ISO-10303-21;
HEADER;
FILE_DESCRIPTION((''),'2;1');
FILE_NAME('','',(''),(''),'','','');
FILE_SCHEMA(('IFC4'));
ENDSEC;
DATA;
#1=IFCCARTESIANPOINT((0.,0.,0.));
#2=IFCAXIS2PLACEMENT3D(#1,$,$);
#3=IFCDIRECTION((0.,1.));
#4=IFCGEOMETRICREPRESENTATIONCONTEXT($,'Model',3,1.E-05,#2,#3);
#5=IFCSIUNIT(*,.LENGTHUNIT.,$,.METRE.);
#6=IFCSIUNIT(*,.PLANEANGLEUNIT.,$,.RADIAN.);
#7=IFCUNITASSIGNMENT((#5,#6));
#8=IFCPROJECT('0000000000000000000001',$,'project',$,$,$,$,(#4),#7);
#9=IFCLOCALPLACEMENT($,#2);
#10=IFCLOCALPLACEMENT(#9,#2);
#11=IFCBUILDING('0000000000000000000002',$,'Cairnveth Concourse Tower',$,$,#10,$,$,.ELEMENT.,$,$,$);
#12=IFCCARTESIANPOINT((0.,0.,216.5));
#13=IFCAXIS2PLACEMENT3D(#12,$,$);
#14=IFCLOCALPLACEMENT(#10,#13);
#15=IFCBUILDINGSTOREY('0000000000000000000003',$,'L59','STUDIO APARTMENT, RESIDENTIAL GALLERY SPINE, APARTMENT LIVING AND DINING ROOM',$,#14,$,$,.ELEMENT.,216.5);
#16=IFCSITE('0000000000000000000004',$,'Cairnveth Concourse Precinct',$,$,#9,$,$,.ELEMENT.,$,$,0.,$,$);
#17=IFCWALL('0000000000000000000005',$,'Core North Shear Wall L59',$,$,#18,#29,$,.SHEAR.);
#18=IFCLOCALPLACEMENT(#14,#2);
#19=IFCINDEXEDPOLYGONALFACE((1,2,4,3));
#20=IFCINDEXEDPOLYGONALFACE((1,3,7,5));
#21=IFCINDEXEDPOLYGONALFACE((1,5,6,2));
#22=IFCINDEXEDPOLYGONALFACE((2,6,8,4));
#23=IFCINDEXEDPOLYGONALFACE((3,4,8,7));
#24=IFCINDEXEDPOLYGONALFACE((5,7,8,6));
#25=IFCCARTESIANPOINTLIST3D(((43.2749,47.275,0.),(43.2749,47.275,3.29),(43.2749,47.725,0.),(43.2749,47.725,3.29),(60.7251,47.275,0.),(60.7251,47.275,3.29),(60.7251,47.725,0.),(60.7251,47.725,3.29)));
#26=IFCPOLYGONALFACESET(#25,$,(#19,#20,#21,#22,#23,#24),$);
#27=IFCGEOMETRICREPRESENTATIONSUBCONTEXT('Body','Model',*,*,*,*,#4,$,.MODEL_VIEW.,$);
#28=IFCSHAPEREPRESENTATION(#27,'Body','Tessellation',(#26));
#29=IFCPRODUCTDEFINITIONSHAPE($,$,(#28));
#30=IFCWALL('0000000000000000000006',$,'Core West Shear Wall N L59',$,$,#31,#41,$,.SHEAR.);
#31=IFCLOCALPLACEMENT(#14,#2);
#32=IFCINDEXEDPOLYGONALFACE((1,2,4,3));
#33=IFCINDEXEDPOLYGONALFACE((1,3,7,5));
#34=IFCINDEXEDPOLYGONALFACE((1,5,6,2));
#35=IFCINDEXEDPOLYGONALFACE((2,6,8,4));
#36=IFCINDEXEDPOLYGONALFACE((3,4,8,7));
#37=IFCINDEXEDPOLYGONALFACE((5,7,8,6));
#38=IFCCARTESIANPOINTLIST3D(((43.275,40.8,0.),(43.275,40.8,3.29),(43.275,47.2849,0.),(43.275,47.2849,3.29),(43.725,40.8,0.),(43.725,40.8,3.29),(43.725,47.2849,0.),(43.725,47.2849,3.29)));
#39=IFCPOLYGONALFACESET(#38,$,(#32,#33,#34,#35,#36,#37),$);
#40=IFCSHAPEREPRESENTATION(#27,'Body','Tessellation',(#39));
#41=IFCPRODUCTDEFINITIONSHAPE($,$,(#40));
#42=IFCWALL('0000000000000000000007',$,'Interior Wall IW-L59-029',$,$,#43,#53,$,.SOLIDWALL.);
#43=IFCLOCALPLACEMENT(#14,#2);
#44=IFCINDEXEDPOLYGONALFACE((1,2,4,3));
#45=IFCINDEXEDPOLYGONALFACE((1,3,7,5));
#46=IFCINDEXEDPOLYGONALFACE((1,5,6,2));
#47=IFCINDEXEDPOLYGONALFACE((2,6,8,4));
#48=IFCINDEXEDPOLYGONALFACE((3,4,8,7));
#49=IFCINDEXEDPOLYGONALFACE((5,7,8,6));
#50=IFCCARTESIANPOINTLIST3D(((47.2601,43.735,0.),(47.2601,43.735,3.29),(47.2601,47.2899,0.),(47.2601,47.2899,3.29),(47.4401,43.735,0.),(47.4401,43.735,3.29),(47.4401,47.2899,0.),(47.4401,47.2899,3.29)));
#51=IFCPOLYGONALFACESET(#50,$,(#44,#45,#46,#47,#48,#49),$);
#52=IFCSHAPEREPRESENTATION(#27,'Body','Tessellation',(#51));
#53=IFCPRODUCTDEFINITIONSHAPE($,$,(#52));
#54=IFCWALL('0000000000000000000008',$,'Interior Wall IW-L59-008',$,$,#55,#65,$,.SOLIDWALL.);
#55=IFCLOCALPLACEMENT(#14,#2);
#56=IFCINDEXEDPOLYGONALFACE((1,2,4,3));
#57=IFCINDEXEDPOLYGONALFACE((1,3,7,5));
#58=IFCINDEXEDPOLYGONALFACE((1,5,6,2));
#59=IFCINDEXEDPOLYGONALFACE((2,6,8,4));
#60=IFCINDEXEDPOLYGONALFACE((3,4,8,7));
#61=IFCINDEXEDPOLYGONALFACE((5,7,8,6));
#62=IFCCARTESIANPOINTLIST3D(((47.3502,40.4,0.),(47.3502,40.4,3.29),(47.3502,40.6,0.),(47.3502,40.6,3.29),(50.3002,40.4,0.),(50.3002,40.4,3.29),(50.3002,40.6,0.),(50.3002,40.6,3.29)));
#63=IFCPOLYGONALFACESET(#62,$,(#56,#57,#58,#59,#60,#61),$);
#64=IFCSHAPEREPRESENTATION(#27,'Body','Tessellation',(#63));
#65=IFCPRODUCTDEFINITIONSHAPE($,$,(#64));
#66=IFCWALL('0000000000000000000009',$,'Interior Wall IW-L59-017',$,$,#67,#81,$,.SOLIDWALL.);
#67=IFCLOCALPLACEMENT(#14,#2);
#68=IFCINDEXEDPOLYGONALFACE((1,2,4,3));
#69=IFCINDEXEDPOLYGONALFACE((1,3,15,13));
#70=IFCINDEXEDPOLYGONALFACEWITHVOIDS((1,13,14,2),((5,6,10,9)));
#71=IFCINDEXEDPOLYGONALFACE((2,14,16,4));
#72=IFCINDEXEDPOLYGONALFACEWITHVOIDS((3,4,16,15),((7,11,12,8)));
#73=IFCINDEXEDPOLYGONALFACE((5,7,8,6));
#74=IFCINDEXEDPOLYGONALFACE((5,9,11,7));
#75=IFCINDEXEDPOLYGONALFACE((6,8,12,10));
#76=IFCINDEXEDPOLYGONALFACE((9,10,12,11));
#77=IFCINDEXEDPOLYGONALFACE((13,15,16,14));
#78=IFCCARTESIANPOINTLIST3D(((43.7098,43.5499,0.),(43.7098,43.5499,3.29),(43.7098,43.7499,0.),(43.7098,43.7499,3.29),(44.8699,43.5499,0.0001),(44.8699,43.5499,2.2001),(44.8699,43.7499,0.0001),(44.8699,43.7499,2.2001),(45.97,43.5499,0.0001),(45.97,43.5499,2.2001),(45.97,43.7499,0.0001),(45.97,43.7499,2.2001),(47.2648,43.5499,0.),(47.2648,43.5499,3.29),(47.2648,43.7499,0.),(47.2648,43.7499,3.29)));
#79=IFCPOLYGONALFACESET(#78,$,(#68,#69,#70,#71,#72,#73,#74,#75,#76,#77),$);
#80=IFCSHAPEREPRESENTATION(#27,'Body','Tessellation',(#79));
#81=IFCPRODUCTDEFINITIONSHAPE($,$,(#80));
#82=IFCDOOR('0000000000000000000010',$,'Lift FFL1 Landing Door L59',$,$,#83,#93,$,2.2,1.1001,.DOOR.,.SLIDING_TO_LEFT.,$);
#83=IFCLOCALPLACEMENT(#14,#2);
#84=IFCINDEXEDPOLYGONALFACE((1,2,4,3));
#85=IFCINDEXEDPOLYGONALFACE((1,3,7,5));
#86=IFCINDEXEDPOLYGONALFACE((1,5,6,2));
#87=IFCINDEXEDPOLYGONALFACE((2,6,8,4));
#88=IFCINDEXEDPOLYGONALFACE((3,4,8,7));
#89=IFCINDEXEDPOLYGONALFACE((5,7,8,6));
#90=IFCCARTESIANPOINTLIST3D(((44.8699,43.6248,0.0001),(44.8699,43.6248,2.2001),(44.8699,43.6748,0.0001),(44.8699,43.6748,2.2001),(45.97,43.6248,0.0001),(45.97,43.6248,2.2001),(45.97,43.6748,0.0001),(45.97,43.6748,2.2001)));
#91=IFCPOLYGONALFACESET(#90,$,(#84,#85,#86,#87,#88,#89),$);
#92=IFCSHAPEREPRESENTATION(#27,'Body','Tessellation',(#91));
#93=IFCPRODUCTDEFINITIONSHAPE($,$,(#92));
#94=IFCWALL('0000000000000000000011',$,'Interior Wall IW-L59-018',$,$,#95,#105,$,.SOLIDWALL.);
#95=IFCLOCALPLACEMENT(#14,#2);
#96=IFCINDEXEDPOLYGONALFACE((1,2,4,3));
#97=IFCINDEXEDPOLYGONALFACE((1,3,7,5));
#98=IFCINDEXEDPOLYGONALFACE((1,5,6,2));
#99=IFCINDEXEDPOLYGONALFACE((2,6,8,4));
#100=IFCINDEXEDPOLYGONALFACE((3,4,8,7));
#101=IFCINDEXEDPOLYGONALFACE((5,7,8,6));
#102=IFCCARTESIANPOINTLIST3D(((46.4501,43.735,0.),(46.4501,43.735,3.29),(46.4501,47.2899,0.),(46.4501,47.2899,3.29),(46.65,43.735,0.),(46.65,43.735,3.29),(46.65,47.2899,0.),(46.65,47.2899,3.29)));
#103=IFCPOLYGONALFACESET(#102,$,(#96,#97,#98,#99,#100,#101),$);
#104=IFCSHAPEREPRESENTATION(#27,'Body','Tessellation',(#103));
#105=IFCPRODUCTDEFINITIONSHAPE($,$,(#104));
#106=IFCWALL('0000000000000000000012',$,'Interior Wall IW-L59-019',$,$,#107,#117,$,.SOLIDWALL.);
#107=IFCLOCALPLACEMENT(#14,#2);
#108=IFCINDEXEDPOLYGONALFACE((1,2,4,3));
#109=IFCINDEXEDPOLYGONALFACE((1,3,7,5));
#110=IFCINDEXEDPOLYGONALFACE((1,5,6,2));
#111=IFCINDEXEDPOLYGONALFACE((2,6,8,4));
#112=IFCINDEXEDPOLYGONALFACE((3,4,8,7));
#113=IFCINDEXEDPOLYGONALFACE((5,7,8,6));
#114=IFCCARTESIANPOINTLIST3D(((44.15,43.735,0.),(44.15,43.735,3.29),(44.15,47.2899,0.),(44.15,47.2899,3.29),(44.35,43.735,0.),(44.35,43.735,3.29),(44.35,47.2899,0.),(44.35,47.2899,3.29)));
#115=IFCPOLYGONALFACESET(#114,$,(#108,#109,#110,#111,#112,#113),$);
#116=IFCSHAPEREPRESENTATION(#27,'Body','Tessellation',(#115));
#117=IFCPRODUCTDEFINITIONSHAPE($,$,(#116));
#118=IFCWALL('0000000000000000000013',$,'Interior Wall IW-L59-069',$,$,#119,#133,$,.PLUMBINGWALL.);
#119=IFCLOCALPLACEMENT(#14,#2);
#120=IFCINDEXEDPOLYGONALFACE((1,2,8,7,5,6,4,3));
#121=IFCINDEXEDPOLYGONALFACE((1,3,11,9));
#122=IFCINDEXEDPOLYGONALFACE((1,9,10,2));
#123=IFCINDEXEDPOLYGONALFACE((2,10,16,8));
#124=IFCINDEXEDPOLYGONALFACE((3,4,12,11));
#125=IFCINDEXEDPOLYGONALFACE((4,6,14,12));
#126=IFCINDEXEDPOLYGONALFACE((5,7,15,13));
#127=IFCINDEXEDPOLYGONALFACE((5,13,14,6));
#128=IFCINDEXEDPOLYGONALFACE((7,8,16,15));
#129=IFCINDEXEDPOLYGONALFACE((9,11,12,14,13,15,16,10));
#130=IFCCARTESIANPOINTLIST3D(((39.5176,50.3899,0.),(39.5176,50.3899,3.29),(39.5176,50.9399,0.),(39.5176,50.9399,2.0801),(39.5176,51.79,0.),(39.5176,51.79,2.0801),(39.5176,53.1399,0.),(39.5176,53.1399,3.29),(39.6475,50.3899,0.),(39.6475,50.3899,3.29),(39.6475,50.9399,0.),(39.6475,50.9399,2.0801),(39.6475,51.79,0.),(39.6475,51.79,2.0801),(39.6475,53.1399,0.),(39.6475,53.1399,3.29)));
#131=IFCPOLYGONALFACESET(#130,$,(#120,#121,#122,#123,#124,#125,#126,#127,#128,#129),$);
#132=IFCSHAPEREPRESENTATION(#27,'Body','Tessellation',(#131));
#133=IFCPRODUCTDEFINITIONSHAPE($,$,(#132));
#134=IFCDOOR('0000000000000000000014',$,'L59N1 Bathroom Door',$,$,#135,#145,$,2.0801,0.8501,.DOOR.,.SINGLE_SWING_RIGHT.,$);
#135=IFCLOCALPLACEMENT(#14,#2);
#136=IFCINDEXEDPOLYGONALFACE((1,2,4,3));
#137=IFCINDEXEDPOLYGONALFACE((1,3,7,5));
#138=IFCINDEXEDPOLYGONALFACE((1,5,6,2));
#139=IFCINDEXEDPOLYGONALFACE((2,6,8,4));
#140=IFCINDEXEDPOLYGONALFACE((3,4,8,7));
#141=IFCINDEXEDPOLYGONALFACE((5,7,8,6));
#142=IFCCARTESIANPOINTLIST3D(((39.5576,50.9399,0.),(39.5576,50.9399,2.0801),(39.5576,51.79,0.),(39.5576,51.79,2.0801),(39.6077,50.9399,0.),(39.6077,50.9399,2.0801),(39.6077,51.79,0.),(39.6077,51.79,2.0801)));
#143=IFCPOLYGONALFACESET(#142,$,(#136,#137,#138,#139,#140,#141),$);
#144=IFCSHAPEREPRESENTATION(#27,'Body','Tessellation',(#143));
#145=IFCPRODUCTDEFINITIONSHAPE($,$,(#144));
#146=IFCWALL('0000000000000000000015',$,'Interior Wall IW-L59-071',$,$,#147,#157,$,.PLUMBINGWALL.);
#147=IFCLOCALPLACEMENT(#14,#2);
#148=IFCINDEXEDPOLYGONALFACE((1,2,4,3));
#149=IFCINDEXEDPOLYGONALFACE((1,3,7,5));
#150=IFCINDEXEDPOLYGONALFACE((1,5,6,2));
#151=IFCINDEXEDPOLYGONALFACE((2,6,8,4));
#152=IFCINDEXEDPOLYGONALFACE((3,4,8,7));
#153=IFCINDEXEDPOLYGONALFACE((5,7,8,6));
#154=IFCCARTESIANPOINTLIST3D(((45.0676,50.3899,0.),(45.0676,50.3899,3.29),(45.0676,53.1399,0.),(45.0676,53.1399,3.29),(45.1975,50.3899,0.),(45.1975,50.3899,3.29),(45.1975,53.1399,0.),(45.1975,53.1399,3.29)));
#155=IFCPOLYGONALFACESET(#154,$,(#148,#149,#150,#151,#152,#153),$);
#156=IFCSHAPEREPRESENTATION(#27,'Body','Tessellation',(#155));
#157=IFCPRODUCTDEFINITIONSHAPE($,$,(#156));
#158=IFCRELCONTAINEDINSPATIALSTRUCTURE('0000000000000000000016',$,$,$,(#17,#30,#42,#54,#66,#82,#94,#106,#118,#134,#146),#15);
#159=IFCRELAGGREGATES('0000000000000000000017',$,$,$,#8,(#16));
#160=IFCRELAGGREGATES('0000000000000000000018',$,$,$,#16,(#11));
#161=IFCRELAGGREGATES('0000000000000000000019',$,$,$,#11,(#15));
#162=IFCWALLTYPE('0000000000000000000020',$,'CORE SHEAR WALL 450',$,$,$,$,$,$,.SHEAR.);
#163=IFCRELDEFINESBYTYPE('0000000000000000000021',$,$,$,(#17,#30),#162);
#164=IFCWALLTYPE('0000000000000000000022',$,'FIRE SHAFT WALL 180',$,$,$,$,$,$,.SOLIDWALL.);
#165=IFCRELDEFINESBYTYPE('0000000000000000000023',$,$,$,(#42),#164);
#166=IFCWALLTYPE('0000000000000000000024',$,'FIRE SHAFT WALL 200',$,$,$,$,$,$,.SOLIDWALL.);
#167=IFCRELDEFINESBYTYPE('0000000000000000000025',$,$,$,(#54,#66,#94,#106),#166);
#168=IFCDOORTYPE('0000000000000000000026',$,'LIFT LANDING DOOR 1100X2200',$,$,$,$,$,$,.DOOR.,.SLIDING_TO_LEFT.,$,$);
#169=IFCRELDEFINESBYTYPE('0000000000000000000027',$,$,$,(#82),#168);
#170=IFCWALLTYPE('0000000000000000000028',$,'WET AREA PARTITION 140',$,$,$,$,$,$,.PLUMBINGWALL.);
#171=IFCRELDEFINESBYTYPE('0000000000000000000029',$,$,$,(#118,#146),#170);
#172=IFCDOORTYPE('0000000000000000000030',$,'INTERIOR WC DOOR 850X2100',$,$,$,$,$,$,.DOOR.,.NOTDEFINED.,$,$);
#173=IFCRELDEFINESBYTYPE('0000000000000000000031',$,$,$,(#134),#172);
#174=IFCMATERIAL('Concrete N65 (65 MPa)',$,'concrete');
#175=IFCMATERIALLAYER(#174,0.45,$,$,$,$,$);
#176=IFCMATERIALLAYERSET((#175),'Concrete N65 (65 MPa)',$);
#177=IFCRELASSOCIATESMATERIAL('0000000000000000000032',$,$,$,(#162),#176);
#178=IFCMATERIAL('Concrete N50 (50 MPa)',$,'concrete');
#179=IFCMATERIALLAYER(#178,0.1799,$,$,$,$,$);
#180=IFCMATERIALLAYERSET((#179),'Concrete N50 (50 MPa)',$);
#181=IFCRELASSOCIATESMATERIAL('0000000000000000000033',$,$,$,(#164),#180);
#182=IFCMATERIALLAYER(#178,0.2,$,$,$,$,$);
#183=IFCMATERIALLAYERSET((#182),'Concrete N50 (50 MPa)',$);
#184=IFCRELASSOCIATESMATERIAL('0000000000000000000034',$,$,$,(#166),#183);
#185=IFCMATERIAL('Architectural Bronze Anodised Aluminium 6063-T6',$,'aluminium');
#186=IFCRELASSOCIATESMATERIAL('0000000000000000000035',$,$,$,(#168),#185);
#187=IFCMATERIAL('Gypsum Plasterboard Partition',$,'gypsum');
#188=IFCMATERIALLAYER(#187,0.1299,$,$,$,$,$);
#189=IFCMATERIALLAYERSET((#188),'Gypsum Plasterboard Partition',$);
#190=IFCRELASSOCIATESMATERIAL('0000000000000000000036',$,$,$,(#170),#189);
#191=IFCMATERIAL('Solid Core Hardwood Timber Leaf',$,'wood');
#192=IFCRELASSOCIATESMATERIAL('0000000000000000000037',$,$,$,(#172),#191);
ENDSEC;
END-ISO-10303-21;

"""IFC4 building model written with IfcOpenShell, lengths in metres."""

from ifc_helpers import new_model, si_unit, direction, frame, frame_2d, origin, place, context, subcontext, project, spatial, rectangle, extrude, material, layer, layer_set, type_object, element, fill, save


model = new_model("IFC4")

# Units and contexts
model_context = context("Model", 3, precision=1e-05, world=origin(), true_north=direction((0.0, 1.0)))
body_context = subcontext(model_context, "Body", "Model", "MODEL_VIEW")
ifc_project = project(units=[si_unit("LENGTHUNIT", "METRE"), si_unit("PLANEANGLEUNIT", "RADIAN")], contexts=[model_context])

# Site, building, storey
site_placement = place(None, origin())
site = spatial("IfcSite", under=ifc_project, at=site_placement, Name="Cairnveth Concourse Precinct", CompositionType="ELEMENT", RefElevation=0.0)
building_placement = place(site_placement, origin())
building = spatial("IfcBuilding", under=site, at=building_placement, Name="Cairnveth Concourse Tower", CompositionType="ELEMENT")
storey_placement = place(building_placement, frame((0.0, 0.0, 216.5)))
storey = spatial("IfcBuildingStorey", under=building, at=storey_placement, Name="L59", Description="STUDIO APARTMENT, RESIDENTIAL GALLERY SPINE, APARTMENT LIVING AND DINING ROOM", CompositionType="ELEMENT", Elevation=216.5)

# Shared definitions
ifc_material_1 = material(Name="Concrete N65 (65 MPa)", Category="concrete")

# Walls
ifc_layer_1 = layer(ifc_material_1, 0.45)
ifc_layer_set_1 = layer_set([ifc_layer_1], Name="Concrete N65 (65 MPa)")
wall_type_1 = type_object("IfcWallType", Name="CORE SHEAR WALL 450", PredefinedType="SHEAR", material=ifc_layer_set_1)
wall_1_placement = place(storey_placement, frame((43.2749, 47.5, 0.0), z_axis=(0.0, 0.0, 1.0), x_axis=(1.0, 0.0, 0.0)))
element("IfcWall", 1, at=wall_1_placement, inside=storey, type_object=wall_type_1, Name="Core North Shear Wall L59", PredefinedType="SHEAR", context=body_context, shape_type="SweptSolid", body=[
    extrude(rectangle(XDim=17.4502, YDim=0.45, at=frame_2d((8.7251, 0.0))), origin(), (0.0, 0.0, 1.0), 3.29),
])
wall_2_placement = place(storey_placement, frame((43.5, 40.8, 0.0), z_axis=(0.0, 0.0, 1.0), x_axis=(0.0, 1.0, 0.0)))
element("IfcWall", 2, at=wall_2_placement, inside=storey, type_object=wall_type_1, Name="Core West Shear Wall N L59", PredefinedType="SHEAR", context=body_context, shape_type="SweptSolid", body=[
    extrude(rectangle(XDim=6.4849, YDim=0.45, at=frame_2d((3.2424, 0.0))), origin(), (0.0, 0.0, 1.0), 3.29),
])
ifc_material_2 = material(Name="Concrete N50 (50 MPa)", Category="concrete")
ifc_layer_2 = layer(ifc_material_2, 0.1799)
ifc_layer_set_2 = layer_set([ifc_layer_2], Name="Concrete N50 (50 MPa)")
wall_type_2 = type_object("IfcWallType", Name="FIRE SHAFT WALL 180", PredefinedType="SOLIDWALL", material=ifc_layer_set_2)
wall_3_placement = place(storey_placement, frame((47.3501, 43.7351, 0.0), z_axis=(0.0, 0.0, 1.0), x_axis=(0.0, 1.0, 0.0)))
element("IfcWall", 3, at=wall_3_placement, inside=storey, type_object=wall_type_2, Name="Interior Wall IW-L59-029", PredefinedType="SOLIDWALL", context=body_context, shape_type="SweptSolid", body=[
    extrude(rectangle(XDim=3.5549, YDim=0.1799, at=frame_2d((1.7773, 0.0))), origin(), (0.0, 0.0, 1.0), 3.29),
])
ifc_layer_3 = layer(ifc_material_2, 0.2)
ifc_layer_set_3 = layer_set([ifc_layer_3], Name="Concrete N50 (50 MPa)")
wall_type_3 = type_object("IfcWallType", Name="FIRE SHAFT WALL 200", PredefinedType="SOLIDWALL", material=ifc_layer_set_3)
wall_4_placement = place(storey_placement, frame((47.3501, 40.5, 0.0), z_axis=(0.0, 0.0, 1.0), x_axis=(1.0, 0.0, 0.0)))
element("IfcWall", 4, at=wall_4_placement, inside=storey, type_object=wall_type_3, Name="Interior Wall IW-L59-008", PredefinedType="SOLIDWALL", context=body_context, shape_type="SweptSolid", body=[
    extrude(rectangle(XDim=2.95, YDim=0.2, at=frame_2d((1.4751, 0.0))), origin(), (0.0, 0.0, 1.0), 3.29),
])

# Wall, opening, door
wall_5_placement = place(storey_placement, frame((43.71, 43.6499, 0.0), z_axis=(0.0, 0.0, 1.0), x_axis=(1.0, 0.0, 0.0)))
wall_5 = element("IfcWall", 5, at=wall_5_placement, inside=storey, type_object=wall_type_3, Name="Interior Wall IW-L59-017", PredefinedType="SOLIDWALL", context=body_context, shape_type="SweptSolid", body=[
    extrude(rectangle(XDim=3.5549, YDim=0.2, at=frame_2d((1.7773, 0.0))), origin(), (0.0, 0.0, 1.0), 3.29),
])
opening_1_placement = place(wall_5_placement, frame((1.1599, 0.0, 0.0)))
opening_1 = element("IfcOpeningElement", 6, at=opening_1_placement, cuts=wall_5, PredefinedType="OPENING", context=body_context, shape_type="SweptSolid", body=[
    extrude(rectangle(XDim=1.1001, YDim=2.2, at=frame_2d((0.55, 1.1001))), frame((0.0, 0.1099, 0.0), z_axis=(0.0, -1.0, 0.0), x_axis=(1.0, 0.0, 0.0)), (0.0, 0.0, 1.0), 0.22),
])
ifc_material_3 = material(Name="Architectural Bronze Anodised Aluminium 6063-T6", Category="aluminium")
door_type_1 = type_object("IfcDoorType", Name="LIFT LANDING DOOR 1100X2200", OperationType="SLIDING_TO_LEFT", PredefinedType="DOOR", material=ifc_material_3)
door_1_placement = place(opening_1_placement, origin())
door_1 = element("IfcDoor", 7, at=door_1_placement, inside=storey, type_object=door_type_1, Name="Lift FFL1 Landing Door L59", OperationType="SLIDING_TO_LEFT", OverallHeight=2.2, OverallWidth=1.1001, PredefinedType="DOOR", context=body_context, shape_type="SweptSolid", body=[
    extrude(rectangle(XDim=1.1001, YDim=2.2, at=frame_2d((0.55, 1.1001))), frame((0.0, 0.0249, 0.0), z_axis=(0.0, -1.0, 0.0), x_axis=(1.0, 0.0, 0.0)), (0.0, 0.0, 1.0), 0.05),
])
fill(opening_1, door_1)

# Walls
for number, where, z_axis, x_axis, name in (
    (8, (46.55, 43.7351, 0.0), (0.0, 0.0, 1.0), (0.0, 1.0, 0.0), "Interior Wall IW-L59-018"),
    (9, (44.25, 43.7351, 0.0), (0.0, 0.0, 1.0), (0.0, 1.0, 0.0), "Interior Wall IW-L59-019"),
):
    element("IfcWall", number, at=place(storey_placement, frame(where, z_axis=z_axis, x_axis=x_axis)), inside=storey, type_object=wall_type_3, Name=name, PredefinedType="SOLIDWALL", context=body_context, shape_type="SweptSolid", body=[
        extrude(rectangle(XDim=3.5549, YDim=0.2, at=frame_2d((1.7773, 0.0))), origin(), (0.0, 0.0, 1.0), 3.29),
    ])

# Wall, opening, door
ifc_material_4 = material(Name="Gypsum Plasterboard Partition", Category="gypsum")
ifc_layer_4 = layer(ifc_material_4, 0.1299)
ifc_layer_set_4 = layer_set([ifc_layer_4], Name="Gypsum Plasterboard Partition")
wall_type_4 = type_object("IfcWallType", Name="WET AREA PARTITION 140", PredefinedType="PLUMBINGWALL", material=ifc_layer_set_4)
wall_6_placement = place(storey_placement, frame((39.5825, 50.3899, 0.0), z_axis=(0.0, 0.0, 1.0), x_axis=(0.0, 1.0, 0.0)))
wall_6 = element("IfcWall", 10, at=wall_6_placement, inside=storey, type_object=wall_type_4, Name="Interior Wall IW-L59-069", PredefinedType="PLUMBINGWALL", context=body_context, shape_type="SweptSolid", body=[
    extrude(rectangle(XDim=2.75, YDim=0.1299, at=frame_2d((1.375, 0.0))), origin(), (0.0, 0.0, 1.0), 3.29),
])
opening_2_placement = place(wall_6_placement, frame((0.55, 0.0, 0.0)))
opening_2 = element("IfcOpeningElement", 11, at=opening_2_placement, cuts=wall_6, PredefinedType="OPENING", context=body_context, shape_type="SweptSolid", body=[
    extrude(rectangle(XDim=0.8501, YDim=2.0801, at=frame_2d((0.425, 1.04))), frame((0.0, 0.075, 0.0), z_axis=(0.0, -1.0, 0.0), x_axis=(1.0, 0.0, 0.0)), (0.0, 0.0, 1.0), 0.1499),
])
ifc_material_5 = material(Name="Solid Core Hardwood Timber Leaf", Category="wood")
door_type_2 = type_object("IfcDoorType", Name="INTERIOR WC DOOR 850X2100", OperationType="NOTDEFINED", PredefinedType="DOOR", material=ifc_material_5)
door_2_placement = place(opening_2_placement, origin())
door_2 = element("IfcDoor", 12, at=door_2_placement, inside=storey, type_object=door_type_2, Name="L59N1 Bathroom Door", OperationType="SINGLE_SWING_RIGHT", OverallHeight=2.0801, OverallWidth=0.8501, PredefinedType="DOOR", context=body_context, shape_type="SweptSolid", body=[
    extrude(rectangle(XDim=0.8501, YDim=2.0801, at=frame_2d((0.425, 1.04))), frame((0.0, 0.0249, 0.0), z_axis=(0.0, -1.0, 0.0), x_axis=(1.0, 0.0, 0.0)), (0.0, 0.0, 1.0), 0.05),
])
fill(opening_2, door_2)

# Wall
wall_7_placement = place(storey_placement, frame((45.1326, 50.3899, 0.0), z_axis=(0.0, 0.0, 1.0), x_axis=(0.0, 1.0, 0.0)))
element("IfcWall", 13, at=wall_7_placement, inside=storey, type_object=wall_type_4, Name="Interior Wall IW-L59-071", PredefinedType="PLUMBINGWALL", context=body_context, shape_type="SweptSolid", body=[
    extrude(rectangle(XDim=2.75, YDim=0.1299, at=frame_2d((1.375, 0.0))), origin(), (0.0, 0.0, 1.0), 3.29),
])

save(model, "model.ifc")
